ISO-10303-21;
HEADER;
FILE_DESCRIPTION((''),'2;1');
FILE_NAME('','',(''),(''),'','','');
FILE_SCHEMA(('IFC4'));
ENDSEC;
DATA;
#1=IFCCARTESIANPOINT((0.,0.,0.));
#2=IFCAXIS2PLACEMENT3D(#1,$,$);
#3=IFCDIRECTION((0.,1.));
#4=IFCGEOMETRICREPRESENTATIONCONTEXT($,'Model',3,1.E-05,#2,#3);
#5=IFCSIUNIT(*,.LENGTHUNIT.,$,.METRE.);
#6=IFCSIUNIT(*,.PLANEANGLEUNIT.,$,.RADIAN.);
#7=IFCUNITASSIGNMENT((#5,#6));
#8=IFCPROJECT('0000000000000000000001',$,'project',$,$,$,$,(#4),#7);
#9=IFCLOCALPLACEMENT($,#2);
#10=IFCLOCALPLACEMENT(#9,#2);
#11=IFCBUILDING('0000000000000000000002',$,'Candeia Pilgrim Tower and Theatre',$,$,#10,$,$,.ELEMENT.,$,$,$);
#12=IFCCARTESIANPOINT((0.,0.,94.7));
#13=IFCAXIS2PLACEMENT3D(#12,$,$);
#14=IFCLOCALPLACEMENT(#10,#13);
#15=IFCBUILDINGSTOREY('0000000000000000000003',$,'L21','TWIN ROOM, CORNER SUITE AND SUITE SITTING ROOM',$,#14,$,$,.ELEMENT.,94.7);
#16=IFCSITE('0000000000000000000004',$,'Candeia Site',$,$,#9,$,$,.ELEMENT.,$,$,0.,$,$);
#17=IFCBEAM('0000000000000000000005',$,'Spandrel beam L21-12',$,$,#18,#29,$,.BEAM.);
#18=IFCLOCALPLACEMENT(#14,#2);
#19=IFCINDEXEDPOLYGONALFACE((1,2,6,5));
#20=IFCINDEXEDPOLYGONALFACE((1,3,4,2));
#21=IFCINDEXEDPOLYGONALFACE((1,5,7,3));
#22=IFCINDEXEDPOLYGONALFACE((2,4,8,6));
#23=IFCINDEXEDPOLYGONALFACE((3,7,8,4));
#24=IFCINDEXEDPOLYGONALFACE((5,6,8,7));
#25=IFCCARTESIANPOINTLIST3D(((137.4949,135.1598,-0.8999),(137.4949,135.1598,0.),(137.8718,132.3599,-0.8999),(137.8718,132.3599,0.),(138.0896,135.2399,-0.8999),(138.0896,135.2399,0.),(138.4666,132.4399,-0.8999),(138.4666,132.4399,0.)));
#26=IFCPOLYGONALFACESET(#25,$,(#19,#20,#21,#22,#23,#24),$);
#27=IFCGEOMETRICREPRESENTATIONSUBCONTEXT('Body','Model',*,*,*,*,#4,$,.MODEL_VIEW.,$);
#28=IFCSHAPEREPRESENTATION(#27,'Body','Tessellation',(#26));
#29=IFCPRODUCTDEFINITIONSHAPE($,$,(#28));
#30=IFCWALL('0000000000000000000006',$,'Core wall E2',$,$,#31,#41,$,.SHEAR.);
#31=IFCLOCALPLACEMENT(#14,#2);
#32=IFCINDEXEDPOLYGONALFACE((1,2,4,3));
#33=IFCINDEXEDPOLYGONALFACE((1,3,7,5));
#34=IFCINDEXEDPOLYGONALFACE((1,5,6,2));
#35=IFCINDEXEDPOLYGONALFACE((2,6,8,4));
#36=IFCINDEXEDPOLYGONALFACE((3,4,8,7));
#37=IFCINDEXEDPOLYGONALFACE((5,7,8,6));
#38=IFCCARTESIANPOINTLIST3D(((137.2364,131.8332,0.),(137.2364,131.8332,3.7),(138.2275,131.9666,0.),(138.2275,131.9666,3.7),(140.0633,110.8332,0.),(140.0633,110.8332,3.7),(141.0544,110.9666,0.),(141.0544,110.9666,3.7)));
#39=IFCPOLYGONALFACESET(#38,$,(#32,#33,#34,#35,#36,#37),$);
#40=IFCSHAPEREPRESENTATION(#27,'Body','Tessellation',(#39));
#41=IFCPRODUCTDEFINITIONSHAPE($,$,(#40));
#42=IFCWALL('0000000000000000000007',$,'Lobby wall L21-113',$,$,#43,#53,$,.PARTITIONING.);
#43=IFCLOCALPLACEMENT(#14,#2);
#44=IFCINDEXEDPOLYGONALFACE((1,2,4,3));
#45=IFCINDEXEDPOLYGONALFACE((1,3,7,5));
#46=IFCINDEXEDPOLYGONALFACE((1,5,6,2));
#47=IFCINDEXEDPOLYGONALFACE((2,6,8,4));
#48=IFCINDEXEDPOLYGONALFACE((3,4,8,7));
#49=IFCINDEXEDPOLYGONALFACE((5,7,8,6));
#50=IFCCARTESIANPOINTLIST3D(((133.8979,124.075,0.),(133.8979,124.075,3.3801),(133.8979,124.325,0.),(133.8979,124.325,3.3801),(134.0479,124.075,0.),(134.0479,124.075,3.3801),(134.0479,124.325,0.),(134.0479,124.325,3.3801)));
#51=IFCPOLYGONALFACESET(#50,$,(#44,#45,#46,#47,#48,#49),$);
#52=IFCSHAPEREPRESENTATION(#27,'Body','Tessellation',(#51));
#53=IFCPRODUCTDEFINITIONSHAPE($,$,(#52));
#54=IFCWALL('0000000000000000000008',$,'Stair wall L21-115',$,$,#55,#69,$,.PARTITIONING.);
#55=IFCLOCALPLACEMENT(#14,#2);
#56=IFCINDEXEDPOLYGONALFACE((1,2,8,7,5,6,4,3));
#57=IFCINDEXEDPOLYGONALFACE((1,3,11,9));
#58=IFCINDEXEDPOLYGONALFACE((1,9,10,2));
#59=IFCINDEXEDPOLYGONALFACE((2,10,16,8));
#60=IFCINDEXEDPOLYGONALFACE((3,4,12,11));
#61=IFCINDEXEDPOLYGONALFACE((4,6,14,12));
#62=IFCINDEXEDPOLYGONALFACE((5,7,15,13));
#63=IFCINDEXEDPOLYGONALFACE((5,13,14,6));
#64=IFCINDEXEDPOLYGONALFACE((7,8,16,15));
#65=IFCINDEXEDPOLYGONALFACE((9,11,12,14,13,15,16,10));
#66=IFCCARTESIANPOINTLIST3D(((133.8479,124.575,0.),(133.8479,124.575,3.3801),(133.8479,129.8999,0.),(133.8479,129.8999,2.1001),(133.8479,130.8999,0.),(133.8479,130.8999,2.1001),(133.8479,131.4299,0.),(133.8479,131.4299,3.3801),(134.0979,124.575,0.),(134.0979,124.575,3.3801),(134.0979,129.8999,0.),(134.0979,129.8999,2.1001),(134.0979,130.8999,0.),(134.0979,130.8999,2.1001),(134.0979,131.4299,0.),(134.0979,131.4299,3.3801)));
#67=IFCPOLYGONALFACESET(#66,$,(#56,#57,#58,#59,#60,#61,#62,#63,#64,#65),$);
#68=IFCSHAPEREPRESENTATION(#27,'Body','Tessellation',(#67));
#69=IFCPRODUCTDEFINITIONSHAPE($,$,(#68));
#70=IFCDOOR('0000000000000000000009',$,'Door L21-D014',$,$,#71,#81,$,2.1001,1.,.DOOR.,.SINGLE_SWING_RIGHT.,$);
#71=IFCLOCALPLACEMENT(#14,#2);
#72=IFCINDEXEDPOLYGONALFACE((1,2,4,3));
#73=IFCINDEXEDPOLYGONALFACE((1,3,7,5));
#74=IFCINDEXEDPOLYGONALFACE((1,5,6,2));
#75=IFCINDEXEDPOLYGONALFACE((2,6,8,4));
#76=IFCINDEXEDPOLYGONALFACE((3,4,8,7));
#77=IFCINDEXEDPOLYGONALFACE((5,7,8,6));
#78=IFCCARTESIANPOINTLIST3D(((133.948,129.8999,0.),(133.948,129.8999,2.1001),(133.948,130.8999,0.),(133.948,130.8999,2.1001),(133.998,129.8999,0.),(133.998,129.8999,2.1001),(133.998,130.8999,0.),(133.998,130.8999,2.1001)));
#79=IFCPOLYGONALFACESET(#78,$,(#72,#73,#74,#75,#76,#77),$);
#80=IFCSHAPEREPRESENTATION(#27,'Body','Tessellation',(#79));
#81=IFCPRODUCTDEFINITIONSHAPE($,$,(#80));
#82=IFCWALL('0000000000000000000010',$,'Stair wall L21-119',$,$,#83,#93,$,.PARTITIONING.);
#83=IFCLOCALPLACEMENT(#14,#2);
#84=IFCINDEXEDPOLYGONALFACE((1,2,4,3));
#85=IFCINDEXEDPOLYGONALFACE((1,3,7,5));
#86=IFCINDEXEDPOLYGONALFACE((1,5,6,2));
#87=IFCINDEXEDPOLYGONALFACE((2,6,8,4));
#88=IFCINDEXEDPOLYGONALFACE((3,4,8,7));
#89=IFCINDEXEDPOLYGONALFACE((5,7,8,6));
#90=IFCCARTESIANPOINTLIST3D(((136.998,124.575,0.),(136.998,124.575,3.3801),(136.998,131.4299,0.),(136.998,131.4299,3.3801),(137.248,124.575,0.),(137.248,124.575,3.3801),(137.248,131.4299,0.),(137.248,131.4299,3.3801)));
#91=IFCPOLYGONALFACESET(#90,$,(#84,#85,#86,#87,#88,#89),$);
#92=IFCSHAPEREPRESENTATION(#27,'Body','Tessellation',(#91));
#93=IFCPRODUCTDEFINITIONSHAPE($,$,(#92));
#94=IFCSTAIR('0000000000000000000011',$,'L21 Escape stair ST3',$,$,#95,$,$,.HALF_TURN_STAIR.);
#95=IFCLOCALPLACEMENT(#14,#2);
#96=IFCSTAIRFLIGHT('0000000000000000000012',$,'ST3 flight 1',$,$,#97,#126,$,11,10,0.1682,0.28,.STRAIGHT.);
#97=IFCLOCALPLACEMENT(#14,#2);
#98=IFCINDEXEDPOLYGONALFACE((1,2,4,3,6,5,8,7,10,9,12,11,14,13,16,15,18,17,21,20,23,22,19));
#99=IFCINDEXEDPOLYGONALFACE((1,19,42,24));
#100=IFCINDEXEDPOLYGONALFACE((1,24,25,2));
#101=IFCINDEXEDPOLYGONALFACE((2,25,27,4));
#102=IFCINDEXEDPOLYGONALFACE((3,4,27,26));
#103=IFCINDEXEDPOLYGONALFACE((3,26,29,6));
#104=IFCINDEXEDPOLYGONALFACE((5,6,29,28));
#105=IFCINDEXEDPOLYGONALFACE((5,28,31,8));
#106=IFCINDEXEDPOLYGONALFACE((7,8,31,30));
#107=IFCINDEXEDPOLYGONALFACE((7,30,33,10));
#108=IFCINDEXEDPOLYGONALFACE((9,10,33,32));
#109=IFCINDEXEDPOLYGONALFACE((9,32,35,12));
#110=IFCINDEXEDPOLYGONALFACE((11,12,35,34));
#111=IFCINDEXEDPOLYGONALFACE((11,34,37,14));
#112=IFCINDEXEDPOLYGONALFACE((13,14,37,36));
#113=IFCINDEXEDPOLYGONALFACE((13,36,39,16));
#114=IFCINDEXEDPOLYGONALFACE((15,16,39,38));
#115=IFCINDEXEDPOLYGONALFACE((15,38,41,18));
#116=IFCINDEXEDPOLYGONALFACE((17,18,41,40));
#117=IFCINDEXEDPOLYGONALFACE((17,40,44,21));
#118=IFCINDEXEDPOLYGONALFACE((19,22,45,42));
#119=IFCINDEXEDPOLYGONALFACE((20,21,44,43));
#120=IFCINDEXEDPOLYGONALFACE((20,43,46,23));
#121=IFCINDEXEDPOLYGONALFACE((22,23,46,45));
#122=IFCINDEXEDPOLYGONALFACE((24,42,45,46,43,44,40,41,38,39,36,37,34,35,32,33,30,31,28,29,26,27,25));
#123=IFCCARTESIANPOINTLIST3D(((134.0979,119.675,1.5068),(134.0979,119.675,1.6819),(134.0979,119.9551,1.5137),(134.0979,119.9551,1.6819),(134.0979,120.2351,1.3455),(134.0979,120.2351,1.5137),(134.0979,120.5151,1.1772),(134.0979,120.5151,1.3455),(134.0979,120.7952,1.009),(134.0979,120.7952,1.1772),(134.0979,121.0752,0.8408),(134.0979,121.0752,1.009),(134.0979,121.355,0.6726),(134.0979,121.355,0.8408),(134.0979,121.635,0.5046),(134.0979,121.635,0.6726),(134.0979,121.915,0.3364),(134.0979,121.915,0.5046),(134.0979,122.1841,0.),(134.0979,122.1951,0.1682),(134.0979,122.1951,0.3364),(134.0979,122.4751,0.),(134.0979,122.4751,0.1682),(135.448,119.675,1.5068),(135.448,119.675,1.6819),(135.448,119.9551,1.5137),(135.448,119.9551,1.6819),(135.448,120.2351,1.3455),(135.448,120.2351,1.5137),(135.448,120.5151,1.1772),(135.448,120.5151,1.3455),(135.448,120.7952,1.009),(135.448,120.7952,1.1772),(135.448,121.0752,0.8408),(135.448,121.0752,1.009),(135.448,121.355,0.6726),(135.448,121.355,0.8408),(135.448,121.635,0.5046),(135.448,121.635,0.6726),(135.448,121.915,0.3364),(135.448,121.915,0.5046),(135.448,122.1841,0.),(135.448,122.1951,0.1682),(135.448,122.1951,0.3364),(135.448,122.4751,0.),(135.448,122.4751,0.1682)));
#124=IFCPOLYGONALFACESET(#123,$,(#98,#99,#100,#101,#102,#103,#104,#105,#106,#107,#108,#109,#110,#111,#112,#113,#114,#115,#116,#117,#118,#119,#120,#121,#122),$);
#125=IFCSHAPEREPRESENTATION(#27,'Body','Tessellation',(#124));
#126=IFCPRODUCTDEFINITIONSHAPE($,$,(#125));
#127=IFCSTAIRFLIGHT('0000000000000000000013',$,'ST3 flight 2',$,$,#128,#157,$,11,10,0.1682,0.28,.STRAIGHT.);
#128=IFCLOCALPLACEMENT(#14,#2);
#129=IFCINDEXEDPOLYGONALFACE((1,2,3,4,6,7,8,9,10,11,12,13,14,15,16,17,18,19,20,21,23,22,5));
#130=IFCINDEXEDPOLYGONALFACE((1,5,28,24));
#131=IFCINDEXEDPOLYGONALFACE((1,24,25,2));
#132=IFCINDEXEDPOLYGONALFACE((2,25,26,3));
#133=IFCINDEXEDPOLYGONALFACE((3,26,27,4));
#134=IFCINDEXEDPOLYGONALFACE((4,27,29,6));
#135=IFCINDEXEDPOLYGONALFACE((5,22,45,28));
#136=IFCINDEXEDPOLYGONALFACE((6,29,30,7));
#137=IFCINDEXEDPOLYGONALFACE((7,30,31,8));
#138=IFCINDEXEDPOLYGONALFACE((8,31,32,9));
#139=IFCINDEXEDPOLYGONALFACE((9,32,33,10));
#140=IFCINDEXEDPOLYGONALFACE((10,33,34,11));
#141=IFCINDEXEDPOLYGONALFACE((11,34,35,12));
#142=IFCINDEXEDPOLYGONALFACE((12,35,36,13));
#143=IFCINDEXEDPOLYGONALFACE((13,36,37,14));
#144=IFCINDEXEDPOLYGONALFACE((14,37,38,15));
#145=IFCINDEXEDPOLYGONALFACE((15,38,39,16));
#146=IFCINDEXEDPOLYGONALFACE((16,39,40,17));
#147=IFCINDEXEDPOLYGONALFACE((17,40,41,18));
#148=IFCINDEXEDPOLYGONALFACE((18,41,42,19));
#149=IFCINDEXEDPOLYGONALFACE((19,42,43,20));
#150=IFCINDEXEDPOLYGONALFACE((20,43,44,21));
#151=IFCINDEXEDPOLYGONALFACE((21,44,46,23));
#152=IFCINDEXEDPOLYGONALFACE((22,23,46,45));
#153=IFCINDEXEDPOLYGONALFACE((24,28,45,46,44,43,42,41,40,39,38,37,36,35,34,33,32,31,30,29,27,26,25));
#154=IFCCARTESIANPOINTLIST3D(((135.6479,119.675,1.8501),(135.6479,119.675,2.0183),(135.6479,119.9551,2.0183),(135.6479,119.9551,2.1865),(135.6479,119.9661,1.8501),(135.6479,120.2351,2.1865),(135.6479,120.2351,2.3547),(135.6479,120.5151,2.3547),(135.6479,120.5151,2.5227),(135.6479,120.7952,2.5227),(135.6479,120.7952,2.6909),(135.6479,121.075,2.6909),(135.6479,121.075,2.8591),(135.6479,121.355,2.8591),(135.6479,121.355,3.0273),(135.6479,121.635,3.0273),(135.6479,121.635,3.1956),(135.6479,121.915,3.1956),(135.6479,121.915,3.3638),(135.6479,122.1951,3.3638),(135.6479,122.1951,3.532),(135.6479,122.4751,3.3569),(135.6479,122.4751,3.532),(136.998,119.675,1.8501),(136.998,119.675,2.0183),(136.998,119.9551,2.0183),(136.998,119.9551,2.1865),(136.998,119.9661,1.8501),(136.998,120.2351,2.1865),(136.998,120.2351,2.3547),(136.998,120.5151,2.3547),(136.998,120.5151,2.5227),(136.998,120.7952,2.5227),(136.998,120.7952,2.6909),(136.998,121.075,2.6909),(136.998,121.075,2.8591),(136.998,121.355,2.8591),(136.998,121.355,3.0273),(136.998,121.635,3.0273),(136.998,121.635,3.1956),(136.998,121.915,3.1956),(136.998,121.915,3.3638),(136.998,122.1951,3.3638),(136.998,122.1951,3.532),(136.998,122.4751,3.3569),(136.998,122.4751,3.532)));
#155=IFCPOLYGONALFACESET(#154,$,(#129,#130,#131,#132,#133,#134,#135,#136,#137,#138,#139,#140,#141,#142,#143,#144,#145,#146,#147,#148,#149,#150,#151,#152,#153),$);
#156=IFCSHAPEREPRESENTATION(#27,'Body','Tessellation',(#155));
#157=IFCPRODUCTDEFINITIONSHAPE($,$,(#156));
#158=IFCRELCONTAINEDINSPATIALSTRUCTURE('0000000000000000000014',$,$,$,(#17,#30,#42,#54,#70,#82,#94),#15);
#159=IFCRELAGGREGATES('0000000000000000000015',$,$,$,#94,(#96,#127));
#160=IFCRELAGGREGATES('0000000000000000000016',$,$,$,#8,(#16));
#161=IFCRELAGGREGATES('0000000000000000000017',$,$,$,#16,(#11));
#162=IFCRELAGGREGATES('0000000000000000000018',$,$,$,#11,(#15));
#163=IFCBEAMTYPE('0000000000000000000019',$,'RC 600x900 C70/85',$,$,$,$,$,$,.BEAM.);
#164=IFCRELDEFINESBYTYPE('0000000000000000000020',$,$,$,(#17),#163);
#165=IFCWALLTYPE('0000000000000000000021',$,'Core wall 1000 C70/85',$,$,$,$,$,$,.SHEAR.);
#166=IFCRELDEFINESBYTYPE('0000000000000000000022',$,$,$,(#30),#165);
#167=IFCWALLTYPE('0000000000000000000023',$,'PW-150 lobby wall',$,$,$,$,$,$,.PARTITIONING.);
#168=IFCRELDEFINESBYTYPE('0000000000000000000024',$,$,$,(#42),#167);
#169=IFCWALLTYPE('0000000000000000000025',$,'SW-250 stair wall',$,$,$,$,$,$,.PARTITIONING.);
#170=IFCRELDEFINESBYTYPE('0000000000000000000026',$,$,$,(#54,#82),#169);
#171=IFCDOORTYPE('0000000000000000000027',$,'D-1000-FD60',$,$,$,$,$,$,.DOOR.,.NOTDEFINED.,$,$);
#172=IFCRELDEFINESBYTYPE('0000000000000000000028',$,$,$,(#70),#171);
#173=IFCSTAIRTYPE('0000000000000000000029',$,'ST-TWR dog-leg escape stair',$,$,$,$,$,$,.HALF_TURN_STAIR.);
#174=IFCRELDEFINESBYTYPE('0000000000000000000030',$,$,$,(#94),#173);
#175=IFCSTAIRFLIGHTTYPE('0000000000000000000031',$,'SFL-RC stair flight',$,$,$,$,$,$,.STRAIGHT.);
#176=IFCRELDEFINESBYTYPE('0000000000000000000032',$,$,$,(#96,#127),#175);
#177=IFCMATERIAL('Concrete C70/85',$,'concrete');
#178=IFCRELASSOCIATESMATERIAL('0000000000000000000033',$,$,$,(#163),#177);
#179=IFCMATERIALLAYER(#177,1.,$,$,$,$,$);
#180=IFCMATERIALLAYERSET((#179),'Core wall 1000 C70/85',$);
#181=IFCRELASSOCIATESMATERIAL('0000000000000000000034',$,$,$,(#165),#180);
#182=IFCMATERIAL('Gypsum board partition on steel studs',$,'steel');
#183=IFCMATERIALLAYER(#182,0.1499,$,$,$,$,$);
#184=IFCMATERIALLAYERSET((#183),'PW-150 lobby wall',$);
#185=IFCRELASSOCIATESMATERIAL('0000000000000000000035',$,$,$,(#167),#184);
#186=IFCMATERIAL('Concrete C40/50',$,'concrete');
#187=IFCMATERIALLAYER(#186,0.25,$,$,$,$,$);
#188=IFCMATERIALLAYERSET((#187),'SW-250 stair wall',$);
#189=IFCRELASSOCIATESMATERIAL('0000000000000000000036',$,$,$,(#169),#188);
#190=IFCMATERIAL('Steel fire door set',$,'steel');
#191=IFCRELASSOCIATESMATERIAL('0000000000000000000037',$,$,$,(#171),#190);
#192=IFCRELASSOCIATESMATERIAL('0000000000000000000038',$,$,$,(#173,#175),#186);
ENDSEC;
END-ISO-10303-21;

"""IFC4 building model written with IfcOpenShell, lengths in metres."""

from ifc_helpers import new_model, si_unit, direction, frame, frame_2d, origin, origin_2d, place, context, subcontext, project, spatial, polyline, rectangle, outline, extrude, material, layer, layer_set, material_profile, profile_set, type_object, element, fill, aggregate, save


model = new_model("IFC4")

# Units and contexts
model_context = context("Model", 3, precision=1e-05, world=origin(), true_north=direction((0.0, 1.0)))
body_context = subcontext(model_context, "Body", "Model", "MODEL_VIEW")
ifc_project = project(units=[si_unit("LENGTHUNIT", "METRE"), si_unit("PLANEANGLEUNIT", "RADIAN")], contexts=[model_context])

# Site, building, storey
site_placement = place(None, origin())
site = spatial("IfcSite", under=ifc_project, at=site_placement, Name="Candeia Site", CompositionType="ELEMENT", RefElevation=0.0)
building_placement = place(site_placement, origin())
building = spatial("IfcBuilding", under=site, at=building_placement, Name="Candeia Pilgrim Tower and Theatre", CompositionType="ELEMENT")
storey_placement = place(building_placement, frame((0.0, 0.0, 94.7)))
storey = spatial("IfcBuildingStorey", under=building, at=storey_placement, Name="L21", Description="TWIN ROOM, CORNER SUITE AND SUITE SITTING ROOM", CompositionType="ELEMENT", Elevation=94.7)

# Beam
ifc_material_1 = material(Name="Concrete C70/85", Category="concrete")
ifc_material_profile = material_profile(ifc_material_1, rectangle(XDim=0.6001, YDim=0.8999, at=origin_2d()))
ifc_profile_set = profile_set([ifc_material_profile], Name="Concrete C70/85")
beam_type = type_object("IfcBeamType", Name="RC 600x900 C70/85", PredefinedType="BEAM", material=ifc_profile_set)
beam_placement = place(storey_placement, frame((138.1692, 132.3999, -0.45), z_axis=(-0.13342, 0.99106, 0.0), x_axis=(-0.99106, -0.13342, 0.0)))
element("IfcBeam", 1, at=beam_placement, inside=storey, type_object=beam_type, Name="Spandrel beam L21-12", PredefinedType="BEAM", context=body_context, shape_type="SweptSolid", body=[
    extrude(rectangle(XDim=0.6001, YDim=0.8999, at=origin_2d()), origin(), (0.0, 0.0, 1.0), 2.8252),
])

# Wall
ifc_layer_1 = layer(ifc_material_1, 1.0)
ifc_layer_set_1 = layer_set([ifc_layer_1], Name="Core wall 1000 C70/85")
wall_type_1 = type_object("IfcWallType", Name="Core wall 1000 C70/85", PredefinedType="SHEAR", material=ifc_layer_set_1)
wall_1_placement = place(storey_placement, frame((137.7319, 131.8999, 0.0), z_axis=(0.0, 0.0, 1.0), x_axis=(0.133411, -0.991061, 0.0)))
element("IfcWall", 2, at=wall_1_placement, inside=storey, type_object=wall_type_1, Name="Core wall E2", PredefinedType="SHEAR", context=body_context, shape_type="SweptSolid", body=[
    extrude(rectangle(XDim=21.1895, YDim=1.0, at=frame_2d((10.5947, 0.0))), origin(), (0.0, 0.0, 1.0), 3.7),
])

# Wall
ifc_material_2 = material(Name="Gypsum board partition on steel studs", Category="steel")
ifc_layer_2 = layer(ifc_material_2, 0.1499)
ifc_layer_set_2 = layer_set([ifc_layer_2], Name="PW-150 lobby wall")
wall_type_2 = type_object("IfcWallType", Name="PW-150 lobby wall", PredefinedType="PARTITIONING", material=ifc_layer_set_2)
wall_2_placement = place(storey_placement, frame((133.9729, 124.075, 0.0), z_axis=(0.0, 0.0, 1.0), x_axis=(0.0, 1.0, 0.0)))
element("IfcWall", 3, at=wall_2_placement, inside=storey, type_object=wall_type_2, Name="Lobby wall L21-113", PredefinedType="PARTITIONING", context=body_context, shape_type="SweptSolid", body=[
    extrude(rectangle(XDim=0.25, YDim=0.1499, at=frame_2d((0.125, 0.0))), origin(), (0.0, 0.0, 1.0), 3.3801),
])

# Wall, opening, door
ifc_material_3 = material(Name="Concrete C40/50", Category="concrete")
ifc_layer_3 = layer(ifc_material_3, 0.25)
ifc_layer_set_3 = layer_set([ifc_layer_3], Name="SW-250 stair wall")
wall_type_3 = type_object("IfcWallType", Name="SW-250 stair wall", PredefinedType="PARTITIONING", material=ifc_layer_set_3)
wall_3_placement = place(storey_placement, frame((133.9729, 124.575, 0.0), z_axis=(0.0, 0.0, 1.0), x_axis=(0.0, 1.0, 0.0)))
wall_3 = element("IfcWall", 4, at=wall_3_placement, inside=storey, type_object=wall_type_3, Name="Stair wall L21-115", PredefinedType="PARTITIONING", context=body_context, shape_type="SweptSolid", body=[
    extrude(rectangle(XDim=6.855, YDim=0.25, at=frame_2d((3.4275, 0.0))), origin(), (0.0, 0.0, 1.0), 3.3801),
])
opening_1_placement = place(wall_3_placement, frame((5.325, 0.0, 0.0)))
opening_1 = element("IfcOpeningElement", 5, at=opening_1_placement, cuts=wall_3, PredefinedType="OPENING", context=body_context, shape_type="SweptSolid", body=[
    extrude(rectangle(XDim=1.0, YDim=2.1001, at=frame_2d((0.5, 1.05))), frame((0.0, 0.135, 0.0), z_axis=(0.0, -1.0, 0.0), x_axis=(1.0, 0.0, 0.0)), (0.0, 0.0, 1.0), 0.27),
])
ifc_material_4 = material(Name="Steel fire door set", Category="steel")
door_type_1 = type_object("IfcDoorType", Name="D-1000-FD60", OperationType="NOTDEFINED", PredefinedType="DOOR", material=ifc_material_4)
door_1_placement = place(opening_1_placement, origin())
door_1 = element("IfcDoor", 6, at=door_1_placement, inside=storey, type_object=door_type_1, Name="Door L21-D014", OperationType="SINGLE_SWING_RIGHT", OverallHeight=2.1001, OverallWidth=1.0, PredefinedType="DOOR", context=body_context, shape_type="SweptSolid", body=[
    extrude(rectangle(XDim=1.0, YDim=2.1001, at=frame_2d((0.5, 1.05))), frame((0.0, 0.0249, 0.0), z_axis=(0.0, -1.0, 0.0), x_axis=(1.0, 0.0, 0.0)), (0.0, 0.0, 1.0), 0.05),
])
fill(opening_1, door_1)

# Wall
wall_4_placement = place(storey_placement, frame((137.123, 124.575, 0.0), z_axis=(0.0, 0.0, 1.0), x_axis=(0.0, 1.0, 0.0)))
element("IfcWall", 7, at=wall_4_placement, inside=storey, type_object=wall_type_3, Name="Stair wall L21-119", PredefinedType="PARTITIONING", context=body_context, shape_type="SweptSolid", body=[
    extrude(rectangle(XDim=6.855, YDim=0.25, at=frame_2d((3.4275, 0.0))), origin(), (0.0, 0.0, 1.0), 3.3801),
])

# Stair, stair flights
stair_type = type_object("IfcStairType", Name="ST-TWR dog-leg escape stair", PredefinedType="HALF_TURN_STAIR", material=ifc_material_3)
stair_1_placement = place(storey_placement, origin())
stair_1 = element("IfcStair", 8, at=stair_1_placement, inside=storey, type_object=stair_type, Name="L21 Escape stair ST3", PredefinedType="HALF_TURN_STAIR")
stair_flight_type = type_object("IfcStairFlightType", Name="SFL-RC stair flight", PredefinedType="STRAIGHT", material=ifc_material_3)
stair_flight_1_placement = place(storey_placement, frame((134.7729, 122.4751, 0.0), z_axis=(0.0, 0.0, 1.0), x_axis=(0.0, -1.0, 0.0)))
stair_flight_1 = element("IfcStairFlight", 9, at=stair_flight_1_placement, type_object=stair_flight_type, Name="ST3 flight 1", NumberOfRisers=11, NumberOfTreads=10, PredefinedType="STRAIGHT", RiserHeight=0.1682, TreadLength=0.28, context=body_context, shape_type="SweptSolid", body=[
    extrude(outline(polyline([(0.0, 0.0), (0.0, 0.1682), (0.28, 0.1682), (0.28, 0.3364), (0.5601, 0.3364), (0.5601, 0.5046), (0.8401, 0.5046), (0.8401, 0.6726), (1.1201, 0.6726), (1.1201, 0.8408), (1.3999, 0.8408), (1.3999, 1.009), (1.6799, 1.009), (1.6799, 1.1772), (1.96, 1.1772), (1.96, 1.3455), (2.24, 1.3455), (2.24, 1.5137), (2.52, 1.5137), (2.52, 1.6819), (2.8, 1.6819), (2.8, 1.8501), (2.8, 1.5068), (0.291, 0.0), (0.0, 0.0)])), frame((0.0, 0.675, 0.0), z_axis=(0.0, -1.0, 0.0), x_axis=(1.0, 0.0, 0.0)), (0.0, 0.0, 1.0), 1.3501),
])
stair_flight_2_placement = place(storey_placement, frame((136.323, 119.675, 1.8501), z_axis=(0.0, 0.0, 1.0), x_axis=(0.0, 1.0, 0.0)))
stair_flight_2 = element("IfcStairFlight", 10, at=stair_flight_2_placement, type_object=stair_flight_type, Name="ST3 flight 2", NumberOfRisers=11, NumberOfTreads=10, PredefinedType="STRAIGHT", RiserHeight=0.1682, TreadLength=0.28, context=body_context, shape_type="SweptSolid", body=[
    extrude(outline(polyline([(0.0, 0.0), (0.0, 0.1682), (0.28, 0.1682), (0.28, 0.3364), (0.5601, 0.3364), (0.5601, 0.5046), (0.8401, 0.5046), (0.8401, 0.6726), (1.1201, 0.6726), (1.1201, 0.8408), (1.3999, 0.8408), (1.3999, 1.009), (1.6799, 1.009), (1.6799, 1.1772), (1.96, 1.1772), (1.96, 1.3455), (2.24, 1.3455), (2.24, 1.5137), (2.52, 1.5137), (2.52, 1.6819), (2.8, 1.6819), (2.8, 1.8501), (2.8, 1.5068), (0.291, 0.0), (0.0, 0.0)])), frame((0.0, 0.675, 0.0), z_axis=(0.0, -1.0, 0.0), x_axis=(1.0, 0.0, 0.0)), (0.0, 0.0, 1.0), 1.3501),
])
aggregate(stair_1, [stair_flight_1, stair_flight_2])

save(model, "model.ifc")
